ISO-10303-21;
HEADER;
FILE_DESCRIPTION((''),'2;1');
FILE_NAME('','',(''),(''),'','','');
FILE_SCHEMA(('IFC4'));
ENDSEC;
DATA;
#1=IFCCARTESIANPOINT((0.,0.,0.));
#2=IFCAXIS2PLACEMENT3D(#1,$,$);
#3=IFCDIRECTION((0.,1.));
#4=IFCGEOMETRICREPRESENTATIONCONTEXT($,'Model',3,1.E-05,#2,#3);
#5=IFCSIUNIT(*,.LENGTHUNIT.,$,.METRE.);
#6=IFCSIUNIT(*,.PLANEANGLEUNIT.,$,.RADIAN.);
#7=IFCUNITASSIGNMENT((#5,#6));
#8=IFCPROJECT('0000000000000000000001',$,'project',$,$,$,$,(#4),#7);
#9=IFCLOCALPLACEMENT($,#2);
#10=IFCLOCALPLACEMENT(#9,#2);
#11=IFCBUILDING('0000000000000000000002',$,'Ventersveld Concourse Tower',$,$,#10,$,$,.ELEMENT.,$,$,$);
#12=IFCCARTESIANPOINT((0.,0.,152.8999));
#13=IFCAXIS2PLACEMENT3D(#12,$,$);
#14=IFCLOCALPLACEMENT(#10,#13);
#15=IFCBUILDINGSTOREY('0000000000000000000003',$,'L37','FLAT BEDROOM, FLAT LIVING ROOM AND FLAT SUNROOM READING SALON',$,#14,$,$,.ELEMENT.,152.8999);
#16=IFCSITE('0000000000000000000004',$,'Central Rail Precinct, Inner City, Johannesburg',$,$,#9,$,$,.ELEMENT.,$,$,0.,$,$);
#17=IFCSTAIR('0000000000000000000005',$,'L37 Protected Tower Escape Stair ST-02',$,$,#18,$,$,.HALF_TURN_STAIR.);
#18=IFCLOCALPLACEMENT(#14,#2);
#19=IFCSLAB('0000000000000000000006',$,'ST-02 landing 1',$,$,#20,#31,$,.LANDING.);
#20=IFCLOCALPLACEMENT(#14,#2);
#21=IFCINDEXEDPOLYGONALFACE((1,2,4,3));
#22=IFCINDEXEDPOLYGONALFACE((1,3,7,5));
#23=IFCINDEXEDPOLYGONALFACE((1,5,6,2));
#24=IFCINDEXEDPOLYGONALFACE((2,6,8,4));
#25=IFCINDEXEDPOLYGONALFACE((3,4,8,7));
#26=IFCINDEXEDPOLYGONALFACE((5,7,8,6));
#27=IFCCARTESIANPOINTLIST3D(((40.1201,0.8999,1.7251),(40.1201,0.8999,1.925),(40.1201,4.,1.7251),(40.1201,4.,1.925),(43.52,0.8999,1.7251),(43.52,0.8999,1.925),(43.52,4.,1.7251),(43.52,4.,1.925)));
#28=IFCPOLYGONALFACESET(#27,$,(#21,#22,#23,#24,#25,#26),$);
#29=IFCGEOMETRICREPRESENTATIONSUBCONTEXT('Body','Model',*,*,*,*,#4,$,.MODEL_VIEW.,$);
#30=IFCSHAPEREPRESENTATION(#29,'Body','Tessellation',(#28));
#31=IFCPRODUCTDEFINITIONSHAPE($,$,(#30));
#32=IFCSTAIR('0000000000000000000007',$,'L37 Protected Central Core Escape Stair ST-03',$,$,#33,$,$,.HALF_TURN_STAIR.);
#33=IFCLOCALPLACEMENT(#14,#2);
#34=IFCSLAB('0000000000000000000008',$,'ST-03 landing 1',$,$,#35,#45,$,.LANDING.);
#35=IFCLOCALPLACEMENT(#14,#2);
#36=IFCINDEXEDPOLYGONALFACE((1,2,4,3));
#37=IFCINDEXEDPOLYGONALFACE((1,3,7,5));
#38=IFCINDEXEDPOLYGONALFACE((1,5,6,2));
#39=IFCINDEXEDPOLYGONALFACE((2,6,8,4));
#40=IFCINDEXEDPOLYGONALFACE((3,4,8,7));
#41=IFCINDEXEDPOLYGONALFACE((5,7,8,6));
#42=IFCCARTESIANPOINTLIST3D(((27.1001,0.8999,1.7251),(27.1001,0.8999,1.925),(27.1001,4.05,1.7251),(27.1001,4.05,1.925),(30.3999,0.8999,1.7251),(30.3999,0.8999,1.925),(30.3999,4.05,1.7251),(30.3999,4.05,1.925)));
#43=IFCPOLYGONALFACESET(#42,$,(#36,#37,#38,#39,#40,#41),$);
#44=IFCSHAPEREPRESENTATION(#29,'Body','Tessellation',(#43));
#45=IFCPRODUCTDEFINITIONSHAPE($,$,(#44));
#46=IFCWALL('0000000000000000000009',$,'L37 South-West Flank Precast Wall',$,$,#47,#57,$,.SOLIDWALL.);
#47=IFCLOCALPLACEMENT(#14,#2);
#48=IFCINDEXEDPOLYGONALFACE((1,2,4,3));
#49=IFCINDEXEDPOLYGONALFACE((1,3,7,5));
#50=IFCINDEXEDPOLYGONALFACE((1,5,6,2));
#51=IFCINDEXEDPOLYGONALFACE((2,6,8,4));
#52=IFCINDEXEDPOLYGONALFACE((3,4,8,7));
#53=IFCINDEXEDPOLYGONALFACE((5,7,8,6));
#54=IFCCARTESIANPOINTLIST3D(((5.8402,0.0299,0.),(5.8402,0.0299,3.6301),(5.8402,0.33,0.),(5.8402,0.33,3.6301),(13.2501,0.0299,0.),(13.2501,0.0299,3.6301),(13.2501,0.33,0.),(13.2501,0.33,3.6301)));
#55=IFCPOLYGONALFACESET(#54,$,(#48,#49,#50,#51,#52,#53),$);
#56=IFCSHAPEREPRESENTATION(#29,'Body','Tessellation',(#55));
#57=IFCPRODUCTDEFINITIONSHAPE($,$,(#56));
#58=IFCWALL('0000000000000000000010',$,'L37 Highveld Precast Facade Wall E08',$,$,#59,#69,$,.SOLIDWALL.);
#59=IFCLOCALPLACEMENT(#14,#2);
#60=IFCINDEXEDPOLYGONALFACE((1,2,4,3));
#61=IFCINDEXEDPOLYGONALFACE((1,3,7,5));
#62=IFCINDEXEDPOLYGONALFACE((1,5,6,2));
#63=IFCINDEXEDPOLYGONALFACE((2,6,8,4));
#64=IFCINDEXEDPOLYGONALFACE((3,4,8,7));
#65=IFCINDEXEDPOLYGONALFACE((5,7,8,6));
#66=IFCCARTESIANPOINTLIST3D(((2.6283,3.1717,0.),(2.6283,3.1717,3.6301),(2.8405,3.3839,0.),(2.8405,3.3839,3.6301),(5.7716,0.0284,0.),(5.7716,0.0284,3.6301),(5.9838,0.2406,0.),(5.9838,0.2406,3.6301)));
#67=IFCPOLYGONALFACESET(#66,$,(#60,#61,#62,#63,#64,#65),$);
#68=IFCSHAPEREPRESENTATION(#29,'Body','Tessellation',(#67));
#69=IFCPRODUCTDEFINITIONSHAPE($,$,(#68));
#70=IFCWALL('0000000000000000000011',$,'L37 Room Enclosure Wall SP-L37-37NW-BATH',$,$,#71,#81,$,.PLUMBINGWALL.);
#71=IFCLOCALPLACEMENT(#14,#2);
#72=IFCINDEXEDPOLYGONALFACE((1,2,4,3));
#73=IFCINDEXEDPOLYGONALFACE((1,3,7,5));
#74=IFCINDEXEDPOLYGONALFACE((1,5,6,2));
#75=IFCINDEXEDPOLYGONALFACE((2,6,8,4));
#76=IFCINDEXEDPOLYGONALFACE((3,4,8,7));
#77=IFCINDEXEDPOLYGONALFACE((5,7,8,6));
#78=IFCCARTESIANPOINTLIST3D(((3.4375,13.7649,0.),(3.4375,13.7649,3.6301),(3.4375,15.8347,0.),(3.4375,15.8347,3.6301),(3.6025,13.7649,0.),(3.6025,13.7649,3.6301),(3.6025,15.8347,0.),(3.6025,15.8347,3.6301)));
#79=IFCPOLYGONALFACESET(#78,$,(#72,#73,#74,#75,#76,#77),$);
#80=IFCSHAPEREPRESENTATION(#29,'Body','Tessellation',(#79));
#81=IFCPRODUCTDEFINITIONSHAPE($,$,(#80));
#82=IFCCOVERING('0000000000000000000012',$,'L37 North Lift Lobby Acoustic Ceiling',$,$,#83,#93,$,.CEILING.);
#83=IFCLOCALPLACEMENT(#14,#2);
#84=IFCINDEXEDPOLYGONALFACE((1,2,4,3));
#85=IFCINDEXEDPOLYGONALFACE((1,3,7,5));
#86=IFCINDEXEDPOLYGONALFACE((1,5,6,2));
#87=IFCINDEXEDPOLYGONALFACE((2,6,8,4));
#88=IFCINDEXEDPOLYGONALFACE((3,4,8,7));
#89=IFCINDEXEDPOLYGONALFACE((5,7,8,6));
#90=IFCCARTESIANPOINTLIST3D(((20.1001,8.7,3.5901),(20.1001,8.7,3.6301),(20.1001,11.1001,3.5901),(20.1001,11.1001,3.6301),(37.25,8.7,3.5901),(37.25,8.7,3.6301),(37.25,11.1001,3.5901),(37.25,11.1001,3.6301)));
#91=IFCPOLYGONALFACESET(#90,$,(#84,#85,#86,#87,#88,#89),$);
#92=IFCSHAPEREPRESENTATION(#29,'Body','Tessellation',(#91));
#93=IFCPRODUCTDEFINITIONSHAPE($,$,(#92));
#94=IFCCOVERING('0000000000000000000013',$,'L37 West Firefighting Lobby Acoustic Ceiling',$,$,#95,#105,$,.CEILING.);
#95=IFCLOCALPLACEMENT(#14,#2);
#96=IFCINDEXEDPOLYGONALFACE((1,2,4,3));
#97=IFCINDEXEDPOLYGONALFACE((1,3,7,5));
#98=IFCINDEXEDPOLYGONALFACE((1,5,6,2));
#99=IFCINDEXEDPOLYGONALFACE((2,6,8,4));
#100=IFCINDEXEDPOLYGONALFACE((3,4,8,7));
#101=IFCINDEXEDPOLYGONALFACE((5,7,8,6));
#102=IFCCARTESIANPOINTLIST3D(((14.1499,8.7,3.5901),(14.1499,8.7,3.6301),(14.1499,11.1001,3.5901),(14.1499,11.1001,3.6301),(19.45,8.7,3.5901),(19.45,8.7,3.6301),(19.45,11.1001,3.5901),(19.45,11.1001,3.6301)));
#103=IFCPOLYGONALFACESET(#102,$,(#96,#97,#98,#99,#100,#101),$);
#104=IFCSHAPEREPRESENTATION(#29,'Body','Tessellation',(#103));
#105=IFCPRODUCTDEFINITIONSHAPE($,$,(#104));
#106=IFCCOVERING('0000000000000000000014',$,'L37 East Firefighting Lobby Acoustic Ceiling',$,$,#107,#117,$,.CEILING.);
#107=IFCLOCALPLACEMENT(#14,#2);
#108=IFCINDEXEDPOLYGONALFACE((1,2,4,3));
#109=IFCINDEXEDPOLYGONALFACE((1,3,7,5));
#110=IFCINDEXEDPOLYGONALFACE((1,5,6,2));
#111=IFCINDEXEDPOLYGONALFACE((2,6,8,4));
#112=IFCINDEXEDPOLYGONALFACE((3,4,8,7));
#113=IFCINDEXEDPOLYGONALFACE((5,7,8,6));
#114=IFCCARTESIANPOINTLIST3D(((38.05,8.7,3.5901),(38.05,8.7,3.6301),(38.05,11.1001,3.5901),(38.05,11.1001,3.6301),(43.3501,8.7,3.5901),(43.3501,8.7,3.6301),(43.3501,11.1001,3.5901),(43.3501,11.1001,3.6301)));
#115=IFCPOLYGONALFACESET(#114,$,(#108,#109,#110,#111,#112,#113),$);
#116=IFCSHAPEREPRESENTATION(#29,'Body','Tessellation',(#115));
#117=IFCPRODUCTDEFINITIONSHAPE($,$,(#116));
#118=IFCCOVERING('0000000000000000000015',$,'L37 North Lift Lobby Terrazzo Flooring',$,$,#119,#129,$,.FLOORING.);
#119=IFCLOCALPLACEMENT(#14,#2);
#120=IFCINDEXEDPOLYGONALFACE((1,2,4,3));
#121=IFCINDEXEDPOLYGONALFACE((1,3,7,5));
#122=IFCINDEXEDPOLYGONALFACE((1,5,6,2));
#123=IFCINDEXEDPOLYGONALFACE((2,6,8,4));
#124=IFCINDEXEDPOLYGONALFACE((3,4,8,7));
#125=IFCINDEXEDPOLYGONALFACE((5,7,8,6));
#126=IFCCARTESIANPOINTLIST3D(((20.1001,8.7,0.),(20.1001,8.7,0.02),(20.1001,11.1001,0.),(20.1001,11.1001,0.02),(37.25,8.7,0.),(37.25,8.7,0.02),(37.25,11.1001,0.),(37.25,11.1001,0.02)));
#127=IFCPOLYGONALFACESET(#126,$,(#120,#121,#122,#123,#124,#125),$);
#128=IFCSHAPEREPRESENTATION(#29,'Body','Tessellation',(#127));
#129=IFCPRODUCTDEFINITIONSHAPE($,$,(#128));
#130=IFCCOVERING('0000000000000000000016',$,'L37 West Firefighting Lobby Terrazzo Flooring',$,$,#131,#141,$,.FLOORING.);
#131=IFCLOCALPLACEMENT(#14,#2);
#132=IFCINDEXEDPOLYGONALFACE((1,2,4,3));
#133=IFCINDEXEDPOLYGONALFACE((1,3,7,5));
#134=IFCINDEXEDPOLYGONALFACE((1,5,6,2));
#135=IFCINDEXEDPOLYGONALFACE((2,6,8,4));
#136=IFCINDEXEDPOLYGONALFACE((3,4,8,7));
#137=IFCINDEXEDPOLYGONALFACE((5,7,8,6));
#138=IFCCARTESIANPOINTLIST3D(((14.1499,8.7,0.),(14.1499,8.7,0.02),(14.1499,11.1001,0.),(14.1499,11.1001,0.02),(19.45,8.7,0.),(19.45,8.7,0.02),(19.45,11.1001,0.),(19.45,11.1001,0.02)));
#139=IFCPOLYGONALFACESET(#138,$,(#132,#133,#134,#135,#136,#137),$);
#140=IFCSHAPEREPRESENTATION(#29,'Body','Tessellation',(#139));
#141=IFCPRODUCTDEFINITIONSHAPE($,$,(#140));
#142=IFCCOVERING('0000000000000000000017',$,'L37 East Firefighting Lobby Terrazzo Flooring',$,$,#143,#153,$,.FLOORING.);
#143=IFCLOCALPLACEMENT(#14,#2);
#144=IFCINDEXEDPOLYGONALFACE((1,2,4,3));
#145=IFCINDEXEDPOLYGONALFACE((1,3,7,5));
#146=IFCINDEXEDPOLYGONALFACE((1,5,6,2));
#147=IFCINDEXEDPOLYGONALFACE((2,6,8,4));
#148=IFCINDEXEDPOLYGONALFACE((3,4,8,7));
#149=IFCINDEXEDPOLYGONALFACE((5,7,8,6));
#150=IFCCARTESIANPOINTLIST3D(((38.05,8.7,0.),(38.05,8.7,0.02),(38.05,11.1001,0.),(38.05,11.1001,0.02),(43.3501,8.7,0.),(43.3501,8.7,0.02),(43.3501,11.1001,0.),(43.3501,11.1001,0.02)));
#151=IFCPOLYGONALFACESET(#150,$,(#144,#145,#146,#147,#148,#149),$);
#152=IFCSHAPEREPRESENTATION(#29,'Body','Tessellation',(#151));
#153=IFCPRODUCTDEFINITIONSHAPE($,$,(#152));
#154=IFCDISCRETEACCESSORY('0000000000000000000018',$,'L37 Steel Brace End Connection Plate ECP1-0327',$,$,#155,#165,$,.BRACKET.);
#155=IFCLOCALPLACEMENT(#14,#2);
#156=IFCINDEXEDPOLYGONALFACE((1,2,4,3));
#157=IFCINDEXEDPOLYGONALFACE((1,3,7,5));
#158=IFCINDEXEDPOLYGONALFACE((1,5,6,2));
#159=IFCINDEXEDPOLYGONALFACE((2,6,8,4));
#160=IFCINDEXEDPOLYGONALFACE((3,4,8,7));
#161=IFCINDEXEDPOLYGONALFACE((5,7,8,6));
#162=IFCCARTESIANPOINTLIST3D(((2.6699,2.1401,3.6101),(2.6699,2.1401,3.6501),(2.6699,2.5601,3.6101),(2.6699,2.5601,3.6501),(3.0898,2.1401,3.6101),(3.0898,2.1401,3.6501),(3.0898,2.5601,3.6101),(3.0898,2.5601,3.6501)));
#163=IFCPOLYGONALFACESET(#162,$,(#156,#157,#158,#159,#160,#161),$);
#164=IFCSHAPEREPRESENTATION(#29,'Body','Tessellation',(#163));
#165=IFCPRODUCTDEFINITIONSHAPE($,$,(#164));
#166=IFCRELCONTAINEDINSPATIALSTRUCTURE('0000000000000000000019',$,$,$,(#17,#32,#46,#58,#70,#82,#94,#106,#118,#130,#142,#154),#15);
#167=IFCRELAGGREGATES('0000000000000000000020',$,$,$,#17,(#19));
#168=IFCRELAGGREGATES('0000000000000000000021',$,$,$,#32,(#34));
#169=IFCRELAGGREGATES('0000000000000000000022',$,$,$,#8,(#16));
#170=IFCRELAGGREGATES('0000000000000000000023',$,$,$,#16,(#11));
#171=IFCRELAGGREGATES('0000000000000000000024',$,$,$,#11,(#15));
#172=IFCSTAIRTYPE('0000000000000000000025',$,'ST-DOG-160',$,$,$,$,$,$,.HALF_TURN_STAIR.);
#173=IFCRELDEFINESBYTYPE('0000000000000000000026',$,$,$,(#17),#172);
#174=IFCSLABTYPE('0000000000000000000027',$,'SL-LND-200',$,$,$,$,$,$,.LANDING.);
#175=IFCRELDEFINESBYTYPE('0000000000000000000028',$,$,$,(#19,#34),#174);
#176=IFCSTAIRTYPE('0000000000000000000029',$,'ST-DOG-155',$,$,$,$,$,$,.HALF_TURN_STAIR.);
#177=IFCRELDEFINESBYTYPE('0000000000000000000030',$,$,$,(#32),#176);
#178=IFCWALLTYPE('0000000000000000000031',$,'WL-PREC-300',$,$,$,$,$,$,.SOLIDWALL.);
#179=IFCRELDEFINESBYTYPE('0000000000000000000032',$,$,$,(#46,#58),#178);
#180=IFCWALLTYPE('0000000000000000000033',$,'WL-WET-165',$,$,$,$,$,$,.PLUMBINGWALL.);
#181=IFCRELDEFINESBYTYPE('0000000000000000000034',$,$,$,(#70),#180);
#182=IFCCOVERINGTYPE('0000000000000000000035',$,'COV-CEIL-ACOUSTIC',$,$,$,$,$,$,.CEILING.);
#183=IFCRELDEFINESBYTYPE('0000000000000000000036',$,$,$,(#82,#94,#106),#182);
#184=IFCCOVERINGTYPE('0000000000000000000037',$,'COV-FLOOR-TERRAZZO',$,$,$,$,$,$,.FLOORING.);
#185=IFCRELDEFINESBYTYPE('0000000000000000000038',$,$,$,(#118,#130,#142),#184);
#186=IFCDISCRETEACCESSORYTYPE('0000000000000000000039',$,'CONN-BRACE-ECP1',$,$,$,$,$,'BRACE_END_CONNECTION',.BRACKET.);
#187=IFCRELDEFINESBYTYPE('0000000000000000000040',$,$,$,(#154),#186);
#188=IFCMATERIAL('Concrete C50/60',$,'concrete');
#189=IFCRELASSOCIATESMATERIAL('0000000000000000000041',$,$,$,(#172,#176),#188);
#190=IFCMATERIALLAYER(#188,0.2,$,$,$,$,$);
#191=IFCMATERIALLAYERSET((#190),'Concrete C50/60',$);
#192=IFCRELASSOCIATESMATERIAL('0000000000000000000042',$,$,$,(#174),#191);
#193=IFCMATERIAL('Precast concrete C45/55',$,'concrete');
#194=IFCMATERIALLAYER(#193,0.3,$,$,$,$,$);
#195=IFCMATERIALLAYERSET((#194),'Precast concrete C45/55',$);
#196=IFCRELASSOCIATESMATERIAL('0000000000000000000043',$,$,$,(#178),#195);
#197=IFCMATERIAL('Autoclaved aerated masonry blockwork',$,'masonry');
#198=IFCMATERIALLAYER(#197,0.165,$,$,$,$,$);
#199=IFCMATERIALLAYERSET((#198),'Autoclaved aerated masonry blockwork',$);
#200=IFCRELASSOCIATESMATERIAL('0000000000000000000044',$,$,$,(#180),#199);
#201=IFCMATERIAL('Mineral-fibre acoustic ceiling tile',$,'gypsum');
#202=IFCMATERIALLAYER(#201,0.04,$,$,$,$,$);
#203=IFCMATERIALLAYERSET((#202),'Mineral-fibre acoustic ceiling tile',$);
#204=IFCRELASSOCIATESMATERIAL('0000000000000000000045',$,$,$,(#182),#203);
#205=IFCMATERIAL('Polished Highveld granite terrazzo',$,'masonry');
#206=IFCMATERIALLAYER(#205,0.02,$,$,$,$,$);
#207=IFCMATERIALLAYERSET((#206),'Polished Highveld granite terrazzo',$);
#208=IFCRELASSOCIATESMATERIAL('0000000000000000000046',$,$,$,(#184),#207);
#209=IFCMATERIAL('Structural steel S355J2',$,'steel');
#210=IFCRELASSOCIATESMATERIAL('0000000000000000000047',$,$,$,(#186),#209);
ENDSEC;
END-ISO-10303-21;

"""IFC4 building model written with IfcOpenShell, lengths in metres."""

from ifc_helpers import new_model, si_unit, direction, frame, frame_2d, origin, origin_2d, place, context, subcontext, project, spatial, polyline, rectangle, outline, extrude, material, layer, layer_set, type_object, element, aggregate, save


model = new_model("IFC4")

# Units and contexts
model_context = context("Model", 3, precision=1e-05, world=origin(), true_north=direction((0.0, 1.0)))
body_context = subcontext(model_context, "Body", "Model", "MODEL_VIEW")
ifc_project = project(units=[si_unit("LENGTHUNIT", "METRE"), si_unit("PLANEANGLEUNIT", "RADIAN")], contexts=[model_context])

# Site, building, storey
site_placement = place(None, origin())
site = spatial("IfcSite", under=ifc_project, at=site_placement, Name="Central Rail Precinct, Inner City, Johannesburg", CompositionType="ELEMENT", RefElevation=0.0)
building_placement = place(site_placement, origin())
building = spatial("IfcBuilding", under=site, at=building_placement, Name="Ventersveld Concourse Tower", CompositionType="ELEMENT")
storey_placement = place(building_placement, frame((0.0, 0.0, 152.8999)))
storey = spatial("IfcBuildingStorey", under=building, at=storey_placement, Name="L37", Description="FLAT BEDROOM, FLAT LIVING ROOM AND FLAT SUNROOM READING SALON", CompositionType="ELEMENT", Elevation=152.8999)

# Shared definitions
ifc_material_1 = material(Name="Concrete C50/60", Category="concrete")

# Stairs, slabs
stair_type_1 = type_object("IfcStairType", Name="ST-DOG-160", PredefinedType="HALF_TURN_STAIR", material=ifc_material_1)
ifc_layer_1 = layer(ifc_material_1, 0.2)
ifc_layer_set_1 = layer_set([ifc_layer_1], Name="Concrete C50/60")
slab_type_1 = type_object("IfcSlabType", Name="SL-LND-200", PredefinedType="LANDING", material=ifc_layer_set_1)
stair_1_placement = place(storey_placement, origin())
stair_1 = element("IfcStair", 1, at=stair_1_placement, inside=storey, type_object=stair_type_1, Name="L37 Protected Tower Escape Stair ST-02", PredefinedType="HALF_TURN_STAIR")
slab_1_placement = place(storey_placement, frame((0.0, 0.0, 1.7251)))
slab_1 = element("IfcSlab", 2, at=slab_1_placement, type_object=slab_type_1, Name="ST-02 landing 1", PredefinedType="LANDING", context=body_context, shape_type="SweptSolid", body=[
    extrude(outline(polyline([(40.1201, 4.0), (40.1201, 0.8999), (43.52, 0.8999), (43.52, 4.0), (40.1201, 4.0)])), origin(), (0.0, 0.0, 1.0), 0.2),
])
aggregate(stair_1, [slab_1])
stair_type_2 = type_object("IfcStairType", Name="ST-DOG-155", PredefinedType="HALF_TURN_STAIR", material=ifc_material_1)
stair_2_placement = place(storey_placement, origin())
stair_2 = element("IfcStair", 3, at=stair_2_placement, inside=storey, type_object=stair_type_2, Name="L37 Protected Central Core Escape Stair ST-03", PredefinedType="HALF_TURN_STAIR")
slab_2_placement = place(storey_placement, frame((0.0, 0.0, 1.7251)))
slab_2 = element("IfcSlab", 4, at=slab_2_placement, type_object=slab_type_1, Name="ST-03 landing 1", PredefinedType="LANDING", context=body_context, shape_type="SweptSolid", body=[
    extrude(outline(polyline([(27.1001, 4.05), (27.1001, 0.8999), (30.3999, 0.8999), (30.3999, 4.05), (27.1001, 4.05)])), origin(), (0.0, 0.0, 1.0), 0.2),
])
aggregate(stair_2, [slab_2])

# Walls
ifc_material_2 = material(Name="Precast concrete C45/55", Category="concrete")
ifc_layer_2 = layer(ifc_material_2, 0.3)
ifc_layer_set_2 = layer_set([ifc_layer_2], Name="Precast concrete C45/55")
wall_type_1 = type_object("IfcWallType", Name="WL-PREC-300", PredefinedType="SOLIDWALL", material=ifc_layer_set_2)
wall_1_placement = place(storey_placement, frame((5.8401, 0.1799, 0.0), z_axis=(0.0, 0.0, 1.0), x_axis=(1.0, 0.0, 0.0)))
element("IfcWall", 5, at=wall_1_placement, inside=storey, type_object=wall_type_1, Name="L37 South-West Flank Precast Wall", PredefinedType="SOLIDWALL", context=body_context, shape_type="SweptSolid", body=[
    extrude(rectangle(XDim=7.4099, YDim=0.3, at=frame_2d((3.7051, 0.0))), origin(), (0.0, 0.0, 1.0), 3.6301),
])
wall_2_placement = place(storey_placement, frame((2.7344, 3.2778, 0.0), z_axis=(0.0, 0.0, 1.0), x_axis=(0.707107, -0.707107, 0.0)))
element("IfcWall", 6, at=wall_2_placement, inside=storey, type_object=wall_type_1, Name="L37 Highveld Precast Facade Wall E08", PredefinedType="SOLIDWALL", context=body_context, shape_type="SweptSolid", body=[
    extrude(rectangle(XDim=4.4453, YDim=0.3, at=frame_2d((2.2227, 0.0))), origin(), (0.0, 0.0, 1.0), 3.6301),
])
ifc_material_3 = material(Name="Autoclaved aerated masonry blockwork", Category="masonry")
ifc_layer_3 = layer(ifc_material_3, 0.165)
ifc_layer_set_3 = layer_set([ifc_layer_3], Name="Autoclaved aerated masonry blockwork")
wall_type_2 = type_object("IfcWallType", Name="WL-WET-165", PredefinedType="PLUMBINGWALL", material=ifc_layer_set_3)
wall_3_placement = place(storey_placement, frame((3.52, 13.7649, 0.0), z_axis=(0.0, 0.0, 1.0), x_axis=(0.0, 1.0, 0.0)))
element("IfcWall", 7, at=wall_3_placement, inside=storey, type_object=wall_type_2, Name="L37 Room Enclosure Wall SP-L37-37NW-BATH", PredefinedType="PLUMBINGWALL", context=body_context, shape_type="SweptSolid", body=[
    extrude(rectangle(XDim=2.0698, YDim=0.165, at=frame_2d((1.0349, 0.0))), origin(), (0.0, 0.0, 1.0), 3.6301),
])

# Coverings
ifc_material_4 = material(Name="Mineral-fibre acoustic ceiling tile", Category="gypsum")
ifc_layer_4 = layer(ifc_material_4, 0.04)
ifc_layer_set_4 = layer_set([ifc_layer_4], Name="Mineral-fibre acoustic ceiling tile")
covering_type_1 = type_object("IfcCoveringType", Name="COV-CEIL-ACOUSTIC", PredefinedType="CEILING", material=ifc_layer_set_4)
covering_1_placement = place(storey_placement, frame((0.0, 0.0, 3.5901)))
element("IfcCovering", 8, at=covering_1_placement, inside=storey, type_object=covering_type_1, Name="L37 North Lift Lobby Acoustic Ceiling", PredefinedType="CEILING", context=body_context, shape_type="SweptSolid", body=[
    extrude(outline(polyline([(20.1001, 8.7), (37.25, 8.7), (37.25, 11.1001), (20.1001, 11.1001), (20.1001, 8.7)])), origin(), (0.0, 0.0, 1.0), 0.04),
])
covering_2_placement = place(storey_placement, frame((0.0, 0.0, 3.5901)))
element("IfcCovering", 9, at=covering_2_placement, inside=storey, type_object=covering_type_1, Name="L37 West Firefighting Lobby Acoustic Ceiling", PredefinedType="CEILING", context=body_context, shape_type="SweptSolid", body=[
    extrude(outline(polyline([(14.1499, 8.7), (19.45, 8.7), (19.45, 11.1001), (14.1499, 11.1001), (14.1499, 8.7)])), origin(), (0.0, 0.0, 1.0), 0.04),
])
covering_3_placement = place(storey_placement, frame((0.0, 0.0, 3.5901)))
element("IfcCovering", 10, at=covering_3_placement, inside=storey, type_object=covering_type_1, Name="L37 East Firefighting Lobby Acoustic Ceiling", PredefinedType="CEILING", context=body_context, shape_type="SweptSolid", body=[
    extrude(outline(polyline([(38.05, 8.7), (43.3501, 8.7), (43.3501, 11.1001), (38.05, 11.1001), (38.05, 8.7)])), origin(), (0.0, 0.0, 1.0), 0.04),
])
ifc_material_5 = material(Name="Polished Highveld granite terrazzo", Category="masonry")
ifc_layer_5 = layer(ifc_material_5, 0.02)
ifc_layer_set_5 = layer_set([ifc_layer_5], Name="Polished Highveld granite terrazzo")
covering_type_2 = type_object("IfcCoveringType", Name="COV-FLOOR-TERRAZZO", PredefinedType="FLOORING", material=ifc_layer_set_5)
covering_4_placement = place(storey_placement, origin())
element("IfcCovering", 11, at=covering_4_placement, inside=storey, type_object=covering_type_2, Name="L37 North Lift Lobby Terrazzo Flooring", PredefinedType="FLOORING", context=body_context, shape_type="SweptSolid", body=[
    extrude(outline(polyline([(20.1001, 8.7), (37.25, 8.7), (37.25, 11.1001), (20.1001, 11.1001), (20.1001, 8.7)])), origin(), (0.0, 0.0, 1.0), 0.02),
])
covering_5_placement = place(storey_placement, origin())
element("IfcCovering", 12, at=covering_5_placement, inside=storey, type_object=covering_type_2, Name="L37 West Firefighting Lobby Terrazzo Flooring", PredefinedType="FLOORING", context=body_context, shape_type="SweptSolid", body=[
    extrude(outline(polyline([(14.1499, 8.7), (19.45, 8.7), (19.45, 11.1001), (14.1499, 11.1001), (14.1499, 8.7)])), origin(), (0.0, 0.0, 1.0), 0.02),
])
covering_6_placement = place(storey_placement, origin())
element("IfcCovering", 13, at=covering_6_placement, inside=storey, type_object=covering_type_2, Name="L37 East Firefighting Lobby Terrazzo Flooring", PredefinedType="FLOORING", context=body_context, shape_type="SweptSolid", body=[
    extrude(outline(polyline([(38.05, 8.7), (43.3501, 8.7), (43.3501, 11.1001), (38.05, 11.1001), (38.05, 8.7)])), origin(), (0.0, 0.0, 1.0), 0.02),
])

# Discrete accessory
ifc_material_6 = material(Name="Structural steel S355J2", Category="steel")
discrete_accessory_type = type_object("IfcDiscreteAccessoryType", Name="CONN-BRACE-ECP1", ElementType="BRACE_END_CONNECTION", PredefinedType="BRACKET", material=ifc_material_6)
discrete_accessory_placement = place(storey_placement, frame((2.8799, 2.3501, 3.6101), z_axis=(0.0, 0.0, 1.0), x_axis=(1.0, 0.0, 0.0)))
element("IfcDiscreteAccessory", 14, at=discrete_accessory_placement, inside=storey, type_object=discrete_accessory_type, Name="L37 Steel Brace End Connection Plate ECP1-0327", PredefinedType="BRACKET", context=body_context, shape_type="SweptSolid", body=[
    extrude(rectangle(XDim=0.4199, YDim=0.4199, at=origin_2d()), origin(), (0.0, 0.0, 1.0), 0.04),
])

save(model, "model.ifc")
